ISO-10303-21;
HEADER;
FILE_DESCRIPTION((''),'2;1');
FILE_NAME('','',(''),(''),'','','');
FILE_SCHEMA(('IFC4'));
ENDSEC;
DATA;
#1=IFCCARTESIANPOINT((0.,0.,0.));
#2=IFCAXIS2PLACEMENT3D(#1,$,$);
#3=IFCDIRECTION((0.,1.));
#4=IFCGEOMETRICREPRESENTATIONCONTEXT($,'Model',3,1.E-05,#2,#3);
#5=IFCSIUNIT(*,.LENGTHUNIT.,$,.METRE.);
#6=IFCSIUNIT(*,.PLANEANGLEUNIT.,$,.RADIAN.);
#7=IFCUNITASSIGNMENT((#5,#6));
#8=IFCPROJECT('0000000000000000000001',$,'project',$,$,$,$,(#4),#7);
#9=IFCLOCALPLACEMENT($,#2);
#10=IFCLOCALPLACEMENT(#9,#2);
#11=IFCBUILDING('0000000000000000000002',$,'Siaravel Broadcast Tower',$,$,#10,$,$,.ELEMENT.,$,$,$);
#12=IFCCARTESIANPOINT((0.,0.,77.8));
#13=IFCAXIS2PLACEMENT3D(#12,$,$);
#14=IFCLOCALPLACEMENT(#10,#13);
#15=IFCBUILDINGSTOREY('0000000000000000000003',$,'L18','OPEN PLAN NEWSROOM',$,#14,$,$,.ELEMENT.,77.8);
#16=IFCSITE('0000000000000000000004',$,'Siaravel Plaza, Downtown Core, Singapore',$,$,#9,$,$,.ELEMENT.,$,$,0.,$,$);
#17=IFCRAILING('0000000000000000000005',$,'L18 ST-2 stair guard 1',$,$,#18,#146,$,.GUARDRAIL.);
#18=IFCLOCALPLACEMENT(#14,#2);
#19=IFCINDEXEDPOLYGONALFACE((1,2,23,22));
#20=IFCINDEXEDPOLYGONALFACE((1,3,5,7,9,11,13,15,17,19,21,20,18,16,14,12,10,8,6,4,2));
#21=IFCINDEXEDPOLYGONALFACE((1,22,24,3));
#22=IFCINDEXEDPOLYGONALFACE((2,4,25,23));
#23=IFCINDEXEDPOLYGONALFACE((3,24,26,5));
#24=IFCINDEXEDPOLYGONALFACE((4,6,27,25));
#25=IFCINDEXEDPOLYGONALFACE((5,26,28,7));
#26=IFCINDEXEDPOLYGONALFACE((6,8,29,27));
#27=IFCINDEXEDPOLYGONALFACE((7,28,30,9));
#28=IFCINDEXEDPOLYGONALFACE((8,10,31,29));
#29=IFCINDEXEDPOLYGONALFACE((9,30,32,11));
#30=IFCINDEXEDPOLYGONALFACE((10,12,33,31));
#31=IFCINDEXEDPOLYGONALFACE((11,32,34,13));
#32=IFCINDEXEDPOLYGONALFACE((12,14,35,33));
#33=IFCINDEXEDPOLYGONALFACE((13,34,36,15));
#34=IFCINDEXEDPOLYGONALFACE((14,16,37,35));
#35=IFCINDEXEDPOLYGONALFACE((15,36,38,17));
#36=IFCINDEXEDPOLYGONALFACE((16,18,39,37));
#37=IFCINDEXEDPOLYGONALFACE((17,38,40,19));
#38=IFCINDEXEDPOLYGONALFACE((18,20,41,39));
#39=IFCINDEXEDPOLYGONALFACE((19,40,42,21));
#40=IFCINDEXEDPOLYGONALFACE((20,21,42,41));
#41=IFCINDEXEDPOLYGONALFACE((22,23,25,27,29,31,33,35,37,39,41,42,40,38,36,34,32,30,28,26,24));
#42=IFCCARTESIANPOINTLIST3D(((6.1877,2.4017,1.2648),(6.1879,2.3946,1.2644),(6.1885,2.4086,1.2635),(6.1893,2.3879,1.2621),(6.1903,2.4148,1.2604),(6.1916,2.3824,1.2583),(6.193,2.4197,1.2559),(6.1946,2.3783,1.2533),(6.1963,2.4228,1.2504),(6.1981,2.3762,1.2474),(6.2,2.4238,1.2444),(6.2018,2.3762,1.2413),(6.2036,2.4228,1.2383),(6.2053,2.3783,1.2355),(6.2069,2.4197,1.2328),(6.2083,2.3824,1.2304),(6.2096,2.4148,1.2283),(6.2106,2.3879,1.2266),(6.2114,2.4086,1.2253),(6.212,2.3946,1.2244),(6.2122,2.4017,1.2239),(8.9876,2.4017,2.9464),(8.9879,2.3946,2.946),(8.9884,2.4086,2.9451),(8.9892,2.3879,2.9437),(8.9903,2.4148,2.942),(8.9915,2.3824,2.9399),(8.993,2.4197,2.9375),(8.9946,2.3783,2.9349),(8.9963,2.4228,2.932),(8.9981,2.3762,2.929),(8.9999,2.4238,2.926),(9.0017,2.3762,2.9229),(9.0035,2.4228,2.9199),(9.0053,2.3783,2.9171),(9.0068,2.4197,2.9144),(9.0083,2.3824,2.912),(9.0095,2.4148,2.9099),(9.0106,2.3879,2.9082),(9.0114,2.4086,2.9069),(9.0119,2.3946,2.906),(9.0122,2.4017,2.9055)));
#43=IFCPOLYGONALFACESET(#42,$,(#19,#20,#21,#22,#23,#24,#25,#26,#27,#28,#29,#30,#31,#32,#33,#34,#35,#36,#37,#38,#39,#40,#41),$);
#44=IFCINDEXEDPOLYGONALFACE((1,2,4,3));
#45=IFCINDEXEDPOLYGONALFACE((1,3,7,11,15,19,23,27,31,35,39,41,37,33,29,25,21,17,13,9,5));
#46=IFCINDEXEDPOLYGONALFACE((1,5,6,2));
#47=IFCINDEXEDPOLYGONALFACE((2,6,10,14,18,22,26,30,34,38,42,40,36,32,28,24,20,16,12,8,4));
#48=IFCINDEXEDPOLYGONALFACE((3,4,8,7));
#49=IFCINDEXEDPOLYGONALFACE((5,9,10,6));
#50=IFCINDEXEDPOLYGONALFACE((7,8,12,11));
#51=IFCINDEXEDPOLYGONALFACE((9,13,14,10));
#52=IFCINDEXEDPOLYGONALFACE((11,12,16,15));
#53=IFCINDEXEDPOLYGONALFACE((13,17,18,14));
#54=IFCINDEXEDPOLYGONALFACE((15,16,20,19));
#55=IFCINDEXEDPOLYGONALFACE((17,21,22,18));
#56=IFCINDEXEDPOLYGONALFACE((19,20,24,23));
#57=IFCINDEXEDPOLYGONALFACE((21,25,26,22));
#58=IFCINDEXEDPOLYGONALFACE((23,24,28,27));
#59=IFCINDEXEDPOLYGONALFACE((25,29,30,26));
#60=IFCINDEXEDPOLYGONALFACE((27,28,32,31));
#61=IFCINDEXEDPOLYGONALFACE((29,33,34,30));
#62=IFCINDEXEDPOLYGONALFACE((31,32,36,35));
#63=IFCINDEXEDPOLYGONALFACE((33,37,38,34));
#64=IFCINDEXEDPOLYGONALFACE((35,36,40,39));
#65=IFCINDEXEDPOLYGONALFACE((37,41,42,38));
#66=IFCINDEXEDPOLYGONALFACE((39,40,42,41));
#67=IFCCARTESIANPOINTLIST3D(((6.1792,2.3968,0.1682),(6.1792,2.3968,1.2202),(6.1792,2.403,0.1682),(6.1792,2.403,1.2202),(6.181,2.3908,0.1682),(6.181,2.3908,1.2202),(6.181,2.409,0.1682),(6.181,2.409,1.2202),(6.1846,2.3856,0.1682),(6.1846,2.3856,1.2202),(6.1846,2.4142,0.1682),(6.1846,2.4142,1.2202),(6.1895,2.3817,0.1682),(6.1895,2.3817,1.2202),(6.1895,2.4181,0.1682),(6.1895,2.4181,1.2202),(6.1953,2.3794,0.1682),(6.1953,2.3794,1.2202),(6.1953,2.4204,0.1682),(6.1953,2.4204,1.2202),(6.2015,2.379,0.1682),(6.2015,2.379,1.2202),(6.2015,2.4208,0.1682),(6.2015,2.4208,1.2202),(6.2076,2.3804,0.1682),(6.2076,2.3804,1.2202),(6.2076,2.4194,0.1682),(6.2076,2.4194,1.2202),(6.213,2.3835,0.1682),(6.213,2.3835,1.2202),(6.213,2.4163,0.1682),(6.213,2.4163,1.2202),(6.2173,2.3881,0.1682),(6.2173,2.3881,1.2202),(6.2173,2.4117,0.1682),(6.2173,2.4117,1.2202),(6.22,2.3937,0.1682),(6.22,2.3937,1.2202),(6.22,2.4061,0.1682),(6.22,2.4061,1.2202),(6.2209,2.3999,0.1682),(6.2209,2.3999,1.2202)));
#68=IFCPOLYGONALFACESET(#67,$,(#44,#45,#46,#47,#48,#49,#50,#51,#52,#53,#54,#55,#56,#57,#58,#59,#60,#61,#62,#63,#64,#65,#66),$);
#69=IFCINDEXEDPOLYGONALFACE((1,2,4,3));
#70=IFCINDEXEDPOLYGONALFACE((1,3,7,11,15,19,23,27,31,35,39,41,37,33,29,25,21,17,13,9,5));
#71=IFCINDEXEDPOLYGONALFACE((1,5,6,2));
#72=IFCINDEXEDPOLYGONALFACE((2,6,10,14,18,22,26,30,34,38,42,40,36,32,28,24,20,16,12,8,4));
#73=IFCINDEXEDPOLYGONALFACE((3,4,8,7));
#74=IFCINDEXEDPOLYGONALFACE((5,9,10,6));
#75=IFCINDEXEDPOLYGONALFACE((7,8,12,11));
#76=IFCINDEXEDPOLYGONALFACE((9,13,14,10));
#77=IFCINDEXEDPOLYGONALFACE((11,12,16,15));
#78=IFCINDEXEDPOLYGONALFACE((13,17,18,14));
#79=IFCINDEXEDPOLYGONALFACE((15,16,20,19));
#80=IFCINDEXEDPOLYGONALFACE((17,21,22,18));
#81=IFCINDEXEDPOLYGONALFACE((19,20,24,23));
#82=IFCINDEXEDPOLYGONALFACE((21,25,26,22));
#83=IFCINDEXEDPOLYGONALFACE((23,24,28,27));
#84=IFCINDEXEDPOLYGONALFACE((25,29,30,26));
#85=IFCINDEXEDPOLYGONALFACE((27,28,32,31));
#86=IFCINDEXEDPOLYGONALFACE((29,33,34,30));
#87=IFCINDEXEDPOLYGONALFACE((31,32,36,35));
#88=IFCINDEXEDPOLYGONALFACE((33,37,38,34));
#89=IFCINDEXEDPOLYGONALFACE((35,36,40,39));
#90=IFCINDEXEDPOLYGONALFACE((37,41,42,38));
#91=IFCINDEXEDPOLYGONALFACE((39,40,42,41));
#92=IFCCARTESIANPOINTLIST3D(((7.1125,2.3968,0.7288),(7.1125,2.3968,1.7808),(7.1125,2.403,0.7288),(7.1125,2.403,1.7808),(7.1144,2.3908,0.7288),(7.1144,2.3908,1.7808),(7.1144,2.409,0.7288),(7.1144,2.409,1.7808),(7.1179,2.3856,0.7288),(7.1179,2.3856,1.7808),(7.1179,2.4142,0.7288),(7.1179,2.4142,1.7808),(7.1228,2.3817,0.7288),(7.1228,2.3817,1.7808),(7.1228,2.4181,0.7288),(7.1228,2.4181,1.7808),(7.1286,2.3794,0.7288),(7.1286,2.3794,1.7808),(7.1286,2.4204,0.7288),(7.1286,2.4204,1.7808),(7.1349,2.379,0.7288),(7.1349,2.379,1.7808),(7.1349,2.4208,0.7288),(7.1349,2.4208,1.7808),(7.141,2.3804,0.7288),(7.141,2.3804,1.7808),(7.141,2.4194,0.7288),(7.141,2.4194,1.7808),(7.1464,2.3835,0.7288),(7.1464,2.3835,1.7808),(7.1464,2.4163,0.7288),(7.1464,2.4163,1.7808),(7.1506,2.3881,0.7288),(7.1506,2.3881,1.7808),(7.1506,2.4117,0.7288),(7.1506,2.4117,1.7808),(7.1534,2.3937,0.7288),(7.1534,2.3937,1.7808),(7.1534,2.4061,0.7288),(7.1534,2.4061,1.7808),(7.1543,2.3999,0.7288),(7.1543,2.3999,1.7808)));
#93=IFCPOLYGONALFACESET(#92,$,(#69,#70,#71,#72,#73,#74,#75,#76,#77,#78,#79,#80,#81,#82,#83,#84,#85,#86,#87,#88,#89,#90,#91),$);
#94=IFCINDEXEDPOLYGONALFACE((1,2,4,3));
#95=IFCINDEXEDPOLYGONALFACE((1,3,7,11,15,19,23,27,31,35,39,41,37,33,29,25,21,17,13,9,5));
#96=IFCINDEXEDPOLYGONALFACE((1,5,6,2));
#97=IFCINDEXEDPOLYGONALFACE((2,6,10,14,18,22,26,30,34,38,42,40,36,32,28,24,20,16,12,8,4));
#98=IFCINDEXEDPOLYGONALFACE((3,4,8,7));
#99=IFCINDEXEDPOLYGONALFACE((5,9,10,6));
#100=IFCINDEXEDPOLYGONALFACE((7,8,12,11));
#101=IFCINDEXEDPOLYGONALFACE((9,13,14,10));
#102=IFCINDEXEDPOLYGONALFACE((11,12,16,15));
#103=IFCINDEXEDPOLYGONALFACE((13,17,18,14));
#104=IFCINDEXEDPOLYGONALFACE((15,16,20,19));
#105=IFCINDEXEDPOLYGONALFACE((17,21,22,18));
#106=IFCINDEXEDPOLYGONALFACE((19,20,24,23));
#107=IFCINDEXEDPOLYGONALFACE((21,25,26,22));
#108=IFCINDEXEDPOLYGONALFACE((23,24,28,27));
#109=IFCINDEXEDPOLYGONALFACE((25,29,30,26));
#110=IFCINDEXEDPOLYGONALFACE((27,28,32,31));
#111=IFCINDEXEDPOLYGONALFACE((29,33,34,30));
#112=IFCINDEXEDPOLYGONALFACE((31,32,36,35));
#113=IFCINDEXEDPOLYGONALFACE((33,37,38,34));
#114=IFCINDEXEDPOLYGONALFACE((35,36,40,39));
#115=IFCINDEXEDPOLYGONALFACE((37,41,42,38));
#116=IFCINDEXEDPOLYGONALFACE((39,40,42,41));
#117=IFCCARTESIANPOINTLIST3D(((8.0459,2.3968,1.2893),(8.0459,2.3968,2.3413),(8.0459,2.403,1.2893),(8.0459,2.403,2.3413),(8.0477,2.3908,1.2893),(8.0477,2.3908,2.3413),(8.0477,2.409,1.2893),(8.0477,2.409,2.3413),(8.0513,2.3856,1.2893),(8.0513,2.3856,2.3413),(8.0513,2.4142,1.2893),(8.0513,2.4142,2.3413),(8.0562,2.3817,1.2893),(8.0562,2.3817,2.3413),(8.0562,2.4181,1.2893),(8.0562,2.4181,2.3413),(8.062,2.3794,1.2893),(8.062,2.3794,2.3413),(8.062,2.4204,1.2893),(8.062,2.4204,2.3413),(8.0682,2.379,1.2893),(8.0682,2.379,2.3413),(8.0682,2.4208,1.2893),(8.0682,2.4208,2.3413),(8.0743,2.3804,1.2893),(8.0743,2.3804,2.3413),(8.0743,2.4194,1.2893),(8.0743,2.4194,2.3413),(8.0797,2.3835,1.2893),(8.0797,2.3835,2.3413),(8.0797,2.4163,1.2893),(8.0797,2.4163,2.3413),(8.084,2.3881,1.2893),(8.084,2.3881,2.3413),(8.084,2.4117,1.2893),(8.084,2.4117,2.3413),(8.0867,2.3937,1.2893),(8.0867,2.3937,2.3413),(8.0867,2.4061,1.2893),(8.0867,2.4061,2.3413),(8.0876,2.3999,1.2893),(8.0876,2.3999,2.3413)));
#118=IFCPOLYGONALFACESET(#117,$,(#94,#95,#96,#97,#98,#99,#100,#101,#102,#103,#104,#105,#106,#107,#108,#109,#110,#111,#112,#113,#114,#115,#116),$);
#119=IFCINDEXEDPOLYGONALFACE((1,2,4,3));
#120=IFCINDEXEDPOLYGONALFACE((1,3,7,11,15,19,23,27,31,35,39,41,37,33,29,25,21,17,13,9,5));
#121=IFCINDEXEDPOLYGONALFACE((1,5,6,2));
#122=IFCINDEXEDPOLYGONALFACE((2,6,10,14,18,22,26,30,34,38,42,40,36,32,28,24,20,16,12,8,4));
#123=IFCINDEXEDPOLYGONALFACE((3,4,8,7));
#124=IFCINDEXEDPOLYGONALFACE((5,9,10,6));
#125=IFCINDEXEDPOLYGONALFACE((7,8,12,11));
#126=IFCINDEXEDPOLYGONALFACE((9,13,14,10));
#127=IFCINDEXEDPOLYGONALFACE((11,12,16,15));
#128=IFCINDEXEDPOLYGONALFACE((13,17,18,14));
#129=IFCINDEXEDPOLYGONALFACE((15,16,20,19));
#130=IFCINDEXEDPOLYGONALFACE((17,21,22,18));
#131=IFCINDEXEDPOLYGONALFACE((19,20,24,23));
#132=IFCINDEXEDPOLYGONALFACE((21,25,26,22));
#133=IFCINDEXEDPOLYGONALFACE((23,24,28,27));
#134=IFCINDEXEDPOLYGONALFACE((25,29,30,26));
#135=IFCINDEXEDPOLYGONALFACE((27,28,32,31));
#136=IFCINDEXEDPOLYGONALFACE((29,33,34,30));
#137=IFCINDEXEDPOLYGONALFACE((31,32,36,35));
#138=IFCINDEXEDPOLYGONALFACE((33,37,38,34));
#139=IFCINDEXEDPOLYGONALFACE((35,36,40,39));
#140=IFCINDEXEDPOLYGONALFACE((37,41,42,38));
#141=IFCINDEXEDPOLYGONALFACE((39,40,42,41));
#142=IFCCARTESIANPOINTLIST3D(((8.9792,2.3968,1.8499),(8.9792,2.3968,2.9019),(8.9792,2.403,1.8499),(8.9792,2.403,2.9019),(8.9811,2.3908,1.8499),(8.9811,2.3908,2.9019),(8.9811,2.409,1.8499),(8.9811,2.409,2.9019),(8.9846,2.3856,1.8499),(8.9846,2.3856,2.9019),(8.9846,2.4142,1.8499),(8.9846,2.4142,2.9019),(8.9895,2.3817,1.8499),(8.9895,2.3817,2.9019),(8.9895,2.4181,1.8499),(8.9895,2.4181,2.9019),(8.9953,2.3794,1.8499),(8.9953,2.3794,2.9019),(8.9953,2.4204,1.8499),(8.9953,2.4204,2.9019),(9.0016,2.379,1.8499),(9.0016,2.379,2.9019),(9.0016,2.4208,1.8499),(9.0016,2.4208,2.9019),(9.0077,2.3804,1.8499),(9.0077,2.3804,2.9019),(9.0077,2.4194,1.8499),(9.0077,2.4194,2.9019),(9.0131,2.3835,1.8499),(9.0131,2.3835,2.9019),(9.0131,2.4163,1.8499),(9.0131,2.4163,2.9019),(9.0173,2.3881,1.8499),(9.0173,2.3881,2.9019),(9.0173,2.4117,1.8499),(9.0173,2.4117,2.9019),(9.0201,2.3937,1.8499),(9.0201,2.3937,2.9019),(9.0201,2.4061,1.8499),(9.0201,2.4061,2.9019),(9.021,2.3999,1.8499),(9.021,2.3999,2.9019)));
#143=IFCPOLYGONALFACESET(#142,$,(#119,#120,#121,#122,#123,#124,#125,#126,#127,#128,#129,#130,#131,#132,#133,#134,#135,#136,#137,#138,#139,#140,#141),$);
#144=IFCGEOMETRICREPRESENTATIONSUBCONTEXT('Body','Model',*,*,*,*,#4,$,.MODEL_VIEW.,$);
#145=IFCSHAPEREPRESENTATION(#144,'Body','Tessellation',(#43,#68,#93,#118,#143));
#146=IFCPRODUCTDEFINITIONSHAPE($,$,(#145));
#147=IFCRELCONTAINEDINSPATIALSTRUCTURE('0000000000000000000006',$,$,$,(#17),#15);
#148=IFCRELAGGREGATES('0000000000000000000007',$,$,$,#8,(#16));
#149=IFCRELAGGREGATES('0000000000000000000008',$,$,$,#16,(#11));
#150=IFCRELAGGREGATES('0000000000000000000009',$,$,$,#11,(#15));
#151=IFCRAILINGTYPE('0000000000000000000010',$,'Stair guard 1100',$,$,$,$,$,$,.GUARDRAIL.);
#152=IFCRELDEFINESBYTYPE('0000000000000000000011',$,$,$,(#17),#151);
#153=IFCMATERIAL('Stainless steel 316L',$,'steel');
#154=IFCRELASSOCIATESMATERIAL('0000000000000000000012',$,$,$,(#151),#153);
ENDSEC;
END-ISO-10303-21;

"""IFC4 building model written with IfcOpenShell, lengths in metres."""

from ifc_helpers import new_model, si_unit, direction, frame, origin, origin_2d, place, context, subcontext, project, spatial, circle, extrude, material, type_object, element, save


model = new_model("IFC4")

# Units and contexts
model_context = context("Model", 3, precision=1e-05, world=origin(), true_north=direction((0.0, 1.0)))
body_context = subcontext(model_context, "Body", "Model", "MODEL_VIEW")
ifc_project = project(units=[si_unit("LENGTHUNIT", "METRE"), si_unit("PLANEANGLEUNIT", "RADIAN")], contexts=[model_context])

# Site, building, storey
site_placement = place(None, origin())
site = spatial("IfcSite", under=ifc_project, at=site_placement, Name="Siaravel Plaza, Downtown Core, Singapore", CompositionType="ELEMENT", RefElevation=0.0)
building_placement = place(site_placement, origin())
building = spatial("IfcBuilding", under=site, at=building_placement, Name="Siaravel Broadcast Tower", CompositionType="ELEMENT")
storey_placement = place(building_placement, frame((0.0, 0.0, 77.8)))
storey = spatial("IfcBuildingStorey", under=building, at=storey_placement, Name="L18", Description="OPEN PLAN NEWSROOM", CompositionType="ELEMENT", Elevation=77.8)

# Railing
ifc_material_1 = material(Name="Stainless steel 316L", Category="steel")
railing_type_1 = type_object("IfcRailingType", Name="Stair guard 1100", PredefinedType="GUARDRAIL", material=ifc_material_1)
railing_1_placement = place(storey_placement, frame((6.2, 2.3999, 0.1682)))
element("IfcRailing", 1, at=railing_1_placement, inside=storey, type_object=railing_type_1, Name="L18 ST-2 stair guard 1", PredefinedType="GUARDRAIL", context=body_context, shape_type="SweptSolid", body=[
    extrude(circle(Radius=0.0239, at=origin_2d()), frame((0.0, 0.0, 1.0762), z_axis=(0.857275, 0.0, 0.514858), x_axis=(0.0, 1.0, 0.0)), (0.0, 0.0, 1.0), 3.2661),
    extrude(circle(Radius=0.021, at=origin_2d()), origin(), (0.0, 0.0, 1.0), 1.052),
    extrude(circle(Radius=0.021, at=origin_2d()), frame((0.9333, 0.0, 0.5605)), (0.0, 0.0, 1.0), 1.052),
    extrude(circle(Radius=0.021, at=origin_2d()), frame((1.8667, 0.0, 1.1211)), (0.0, 0.0, 1.0), 1.052),
    extrude(circle(Radius=0.021, at=origin_2d()), frame((2.8, 0.0, 1.6816)), (0.0, 0.0, 1.0), 1.052),
])

save(model, "model.ifc")
